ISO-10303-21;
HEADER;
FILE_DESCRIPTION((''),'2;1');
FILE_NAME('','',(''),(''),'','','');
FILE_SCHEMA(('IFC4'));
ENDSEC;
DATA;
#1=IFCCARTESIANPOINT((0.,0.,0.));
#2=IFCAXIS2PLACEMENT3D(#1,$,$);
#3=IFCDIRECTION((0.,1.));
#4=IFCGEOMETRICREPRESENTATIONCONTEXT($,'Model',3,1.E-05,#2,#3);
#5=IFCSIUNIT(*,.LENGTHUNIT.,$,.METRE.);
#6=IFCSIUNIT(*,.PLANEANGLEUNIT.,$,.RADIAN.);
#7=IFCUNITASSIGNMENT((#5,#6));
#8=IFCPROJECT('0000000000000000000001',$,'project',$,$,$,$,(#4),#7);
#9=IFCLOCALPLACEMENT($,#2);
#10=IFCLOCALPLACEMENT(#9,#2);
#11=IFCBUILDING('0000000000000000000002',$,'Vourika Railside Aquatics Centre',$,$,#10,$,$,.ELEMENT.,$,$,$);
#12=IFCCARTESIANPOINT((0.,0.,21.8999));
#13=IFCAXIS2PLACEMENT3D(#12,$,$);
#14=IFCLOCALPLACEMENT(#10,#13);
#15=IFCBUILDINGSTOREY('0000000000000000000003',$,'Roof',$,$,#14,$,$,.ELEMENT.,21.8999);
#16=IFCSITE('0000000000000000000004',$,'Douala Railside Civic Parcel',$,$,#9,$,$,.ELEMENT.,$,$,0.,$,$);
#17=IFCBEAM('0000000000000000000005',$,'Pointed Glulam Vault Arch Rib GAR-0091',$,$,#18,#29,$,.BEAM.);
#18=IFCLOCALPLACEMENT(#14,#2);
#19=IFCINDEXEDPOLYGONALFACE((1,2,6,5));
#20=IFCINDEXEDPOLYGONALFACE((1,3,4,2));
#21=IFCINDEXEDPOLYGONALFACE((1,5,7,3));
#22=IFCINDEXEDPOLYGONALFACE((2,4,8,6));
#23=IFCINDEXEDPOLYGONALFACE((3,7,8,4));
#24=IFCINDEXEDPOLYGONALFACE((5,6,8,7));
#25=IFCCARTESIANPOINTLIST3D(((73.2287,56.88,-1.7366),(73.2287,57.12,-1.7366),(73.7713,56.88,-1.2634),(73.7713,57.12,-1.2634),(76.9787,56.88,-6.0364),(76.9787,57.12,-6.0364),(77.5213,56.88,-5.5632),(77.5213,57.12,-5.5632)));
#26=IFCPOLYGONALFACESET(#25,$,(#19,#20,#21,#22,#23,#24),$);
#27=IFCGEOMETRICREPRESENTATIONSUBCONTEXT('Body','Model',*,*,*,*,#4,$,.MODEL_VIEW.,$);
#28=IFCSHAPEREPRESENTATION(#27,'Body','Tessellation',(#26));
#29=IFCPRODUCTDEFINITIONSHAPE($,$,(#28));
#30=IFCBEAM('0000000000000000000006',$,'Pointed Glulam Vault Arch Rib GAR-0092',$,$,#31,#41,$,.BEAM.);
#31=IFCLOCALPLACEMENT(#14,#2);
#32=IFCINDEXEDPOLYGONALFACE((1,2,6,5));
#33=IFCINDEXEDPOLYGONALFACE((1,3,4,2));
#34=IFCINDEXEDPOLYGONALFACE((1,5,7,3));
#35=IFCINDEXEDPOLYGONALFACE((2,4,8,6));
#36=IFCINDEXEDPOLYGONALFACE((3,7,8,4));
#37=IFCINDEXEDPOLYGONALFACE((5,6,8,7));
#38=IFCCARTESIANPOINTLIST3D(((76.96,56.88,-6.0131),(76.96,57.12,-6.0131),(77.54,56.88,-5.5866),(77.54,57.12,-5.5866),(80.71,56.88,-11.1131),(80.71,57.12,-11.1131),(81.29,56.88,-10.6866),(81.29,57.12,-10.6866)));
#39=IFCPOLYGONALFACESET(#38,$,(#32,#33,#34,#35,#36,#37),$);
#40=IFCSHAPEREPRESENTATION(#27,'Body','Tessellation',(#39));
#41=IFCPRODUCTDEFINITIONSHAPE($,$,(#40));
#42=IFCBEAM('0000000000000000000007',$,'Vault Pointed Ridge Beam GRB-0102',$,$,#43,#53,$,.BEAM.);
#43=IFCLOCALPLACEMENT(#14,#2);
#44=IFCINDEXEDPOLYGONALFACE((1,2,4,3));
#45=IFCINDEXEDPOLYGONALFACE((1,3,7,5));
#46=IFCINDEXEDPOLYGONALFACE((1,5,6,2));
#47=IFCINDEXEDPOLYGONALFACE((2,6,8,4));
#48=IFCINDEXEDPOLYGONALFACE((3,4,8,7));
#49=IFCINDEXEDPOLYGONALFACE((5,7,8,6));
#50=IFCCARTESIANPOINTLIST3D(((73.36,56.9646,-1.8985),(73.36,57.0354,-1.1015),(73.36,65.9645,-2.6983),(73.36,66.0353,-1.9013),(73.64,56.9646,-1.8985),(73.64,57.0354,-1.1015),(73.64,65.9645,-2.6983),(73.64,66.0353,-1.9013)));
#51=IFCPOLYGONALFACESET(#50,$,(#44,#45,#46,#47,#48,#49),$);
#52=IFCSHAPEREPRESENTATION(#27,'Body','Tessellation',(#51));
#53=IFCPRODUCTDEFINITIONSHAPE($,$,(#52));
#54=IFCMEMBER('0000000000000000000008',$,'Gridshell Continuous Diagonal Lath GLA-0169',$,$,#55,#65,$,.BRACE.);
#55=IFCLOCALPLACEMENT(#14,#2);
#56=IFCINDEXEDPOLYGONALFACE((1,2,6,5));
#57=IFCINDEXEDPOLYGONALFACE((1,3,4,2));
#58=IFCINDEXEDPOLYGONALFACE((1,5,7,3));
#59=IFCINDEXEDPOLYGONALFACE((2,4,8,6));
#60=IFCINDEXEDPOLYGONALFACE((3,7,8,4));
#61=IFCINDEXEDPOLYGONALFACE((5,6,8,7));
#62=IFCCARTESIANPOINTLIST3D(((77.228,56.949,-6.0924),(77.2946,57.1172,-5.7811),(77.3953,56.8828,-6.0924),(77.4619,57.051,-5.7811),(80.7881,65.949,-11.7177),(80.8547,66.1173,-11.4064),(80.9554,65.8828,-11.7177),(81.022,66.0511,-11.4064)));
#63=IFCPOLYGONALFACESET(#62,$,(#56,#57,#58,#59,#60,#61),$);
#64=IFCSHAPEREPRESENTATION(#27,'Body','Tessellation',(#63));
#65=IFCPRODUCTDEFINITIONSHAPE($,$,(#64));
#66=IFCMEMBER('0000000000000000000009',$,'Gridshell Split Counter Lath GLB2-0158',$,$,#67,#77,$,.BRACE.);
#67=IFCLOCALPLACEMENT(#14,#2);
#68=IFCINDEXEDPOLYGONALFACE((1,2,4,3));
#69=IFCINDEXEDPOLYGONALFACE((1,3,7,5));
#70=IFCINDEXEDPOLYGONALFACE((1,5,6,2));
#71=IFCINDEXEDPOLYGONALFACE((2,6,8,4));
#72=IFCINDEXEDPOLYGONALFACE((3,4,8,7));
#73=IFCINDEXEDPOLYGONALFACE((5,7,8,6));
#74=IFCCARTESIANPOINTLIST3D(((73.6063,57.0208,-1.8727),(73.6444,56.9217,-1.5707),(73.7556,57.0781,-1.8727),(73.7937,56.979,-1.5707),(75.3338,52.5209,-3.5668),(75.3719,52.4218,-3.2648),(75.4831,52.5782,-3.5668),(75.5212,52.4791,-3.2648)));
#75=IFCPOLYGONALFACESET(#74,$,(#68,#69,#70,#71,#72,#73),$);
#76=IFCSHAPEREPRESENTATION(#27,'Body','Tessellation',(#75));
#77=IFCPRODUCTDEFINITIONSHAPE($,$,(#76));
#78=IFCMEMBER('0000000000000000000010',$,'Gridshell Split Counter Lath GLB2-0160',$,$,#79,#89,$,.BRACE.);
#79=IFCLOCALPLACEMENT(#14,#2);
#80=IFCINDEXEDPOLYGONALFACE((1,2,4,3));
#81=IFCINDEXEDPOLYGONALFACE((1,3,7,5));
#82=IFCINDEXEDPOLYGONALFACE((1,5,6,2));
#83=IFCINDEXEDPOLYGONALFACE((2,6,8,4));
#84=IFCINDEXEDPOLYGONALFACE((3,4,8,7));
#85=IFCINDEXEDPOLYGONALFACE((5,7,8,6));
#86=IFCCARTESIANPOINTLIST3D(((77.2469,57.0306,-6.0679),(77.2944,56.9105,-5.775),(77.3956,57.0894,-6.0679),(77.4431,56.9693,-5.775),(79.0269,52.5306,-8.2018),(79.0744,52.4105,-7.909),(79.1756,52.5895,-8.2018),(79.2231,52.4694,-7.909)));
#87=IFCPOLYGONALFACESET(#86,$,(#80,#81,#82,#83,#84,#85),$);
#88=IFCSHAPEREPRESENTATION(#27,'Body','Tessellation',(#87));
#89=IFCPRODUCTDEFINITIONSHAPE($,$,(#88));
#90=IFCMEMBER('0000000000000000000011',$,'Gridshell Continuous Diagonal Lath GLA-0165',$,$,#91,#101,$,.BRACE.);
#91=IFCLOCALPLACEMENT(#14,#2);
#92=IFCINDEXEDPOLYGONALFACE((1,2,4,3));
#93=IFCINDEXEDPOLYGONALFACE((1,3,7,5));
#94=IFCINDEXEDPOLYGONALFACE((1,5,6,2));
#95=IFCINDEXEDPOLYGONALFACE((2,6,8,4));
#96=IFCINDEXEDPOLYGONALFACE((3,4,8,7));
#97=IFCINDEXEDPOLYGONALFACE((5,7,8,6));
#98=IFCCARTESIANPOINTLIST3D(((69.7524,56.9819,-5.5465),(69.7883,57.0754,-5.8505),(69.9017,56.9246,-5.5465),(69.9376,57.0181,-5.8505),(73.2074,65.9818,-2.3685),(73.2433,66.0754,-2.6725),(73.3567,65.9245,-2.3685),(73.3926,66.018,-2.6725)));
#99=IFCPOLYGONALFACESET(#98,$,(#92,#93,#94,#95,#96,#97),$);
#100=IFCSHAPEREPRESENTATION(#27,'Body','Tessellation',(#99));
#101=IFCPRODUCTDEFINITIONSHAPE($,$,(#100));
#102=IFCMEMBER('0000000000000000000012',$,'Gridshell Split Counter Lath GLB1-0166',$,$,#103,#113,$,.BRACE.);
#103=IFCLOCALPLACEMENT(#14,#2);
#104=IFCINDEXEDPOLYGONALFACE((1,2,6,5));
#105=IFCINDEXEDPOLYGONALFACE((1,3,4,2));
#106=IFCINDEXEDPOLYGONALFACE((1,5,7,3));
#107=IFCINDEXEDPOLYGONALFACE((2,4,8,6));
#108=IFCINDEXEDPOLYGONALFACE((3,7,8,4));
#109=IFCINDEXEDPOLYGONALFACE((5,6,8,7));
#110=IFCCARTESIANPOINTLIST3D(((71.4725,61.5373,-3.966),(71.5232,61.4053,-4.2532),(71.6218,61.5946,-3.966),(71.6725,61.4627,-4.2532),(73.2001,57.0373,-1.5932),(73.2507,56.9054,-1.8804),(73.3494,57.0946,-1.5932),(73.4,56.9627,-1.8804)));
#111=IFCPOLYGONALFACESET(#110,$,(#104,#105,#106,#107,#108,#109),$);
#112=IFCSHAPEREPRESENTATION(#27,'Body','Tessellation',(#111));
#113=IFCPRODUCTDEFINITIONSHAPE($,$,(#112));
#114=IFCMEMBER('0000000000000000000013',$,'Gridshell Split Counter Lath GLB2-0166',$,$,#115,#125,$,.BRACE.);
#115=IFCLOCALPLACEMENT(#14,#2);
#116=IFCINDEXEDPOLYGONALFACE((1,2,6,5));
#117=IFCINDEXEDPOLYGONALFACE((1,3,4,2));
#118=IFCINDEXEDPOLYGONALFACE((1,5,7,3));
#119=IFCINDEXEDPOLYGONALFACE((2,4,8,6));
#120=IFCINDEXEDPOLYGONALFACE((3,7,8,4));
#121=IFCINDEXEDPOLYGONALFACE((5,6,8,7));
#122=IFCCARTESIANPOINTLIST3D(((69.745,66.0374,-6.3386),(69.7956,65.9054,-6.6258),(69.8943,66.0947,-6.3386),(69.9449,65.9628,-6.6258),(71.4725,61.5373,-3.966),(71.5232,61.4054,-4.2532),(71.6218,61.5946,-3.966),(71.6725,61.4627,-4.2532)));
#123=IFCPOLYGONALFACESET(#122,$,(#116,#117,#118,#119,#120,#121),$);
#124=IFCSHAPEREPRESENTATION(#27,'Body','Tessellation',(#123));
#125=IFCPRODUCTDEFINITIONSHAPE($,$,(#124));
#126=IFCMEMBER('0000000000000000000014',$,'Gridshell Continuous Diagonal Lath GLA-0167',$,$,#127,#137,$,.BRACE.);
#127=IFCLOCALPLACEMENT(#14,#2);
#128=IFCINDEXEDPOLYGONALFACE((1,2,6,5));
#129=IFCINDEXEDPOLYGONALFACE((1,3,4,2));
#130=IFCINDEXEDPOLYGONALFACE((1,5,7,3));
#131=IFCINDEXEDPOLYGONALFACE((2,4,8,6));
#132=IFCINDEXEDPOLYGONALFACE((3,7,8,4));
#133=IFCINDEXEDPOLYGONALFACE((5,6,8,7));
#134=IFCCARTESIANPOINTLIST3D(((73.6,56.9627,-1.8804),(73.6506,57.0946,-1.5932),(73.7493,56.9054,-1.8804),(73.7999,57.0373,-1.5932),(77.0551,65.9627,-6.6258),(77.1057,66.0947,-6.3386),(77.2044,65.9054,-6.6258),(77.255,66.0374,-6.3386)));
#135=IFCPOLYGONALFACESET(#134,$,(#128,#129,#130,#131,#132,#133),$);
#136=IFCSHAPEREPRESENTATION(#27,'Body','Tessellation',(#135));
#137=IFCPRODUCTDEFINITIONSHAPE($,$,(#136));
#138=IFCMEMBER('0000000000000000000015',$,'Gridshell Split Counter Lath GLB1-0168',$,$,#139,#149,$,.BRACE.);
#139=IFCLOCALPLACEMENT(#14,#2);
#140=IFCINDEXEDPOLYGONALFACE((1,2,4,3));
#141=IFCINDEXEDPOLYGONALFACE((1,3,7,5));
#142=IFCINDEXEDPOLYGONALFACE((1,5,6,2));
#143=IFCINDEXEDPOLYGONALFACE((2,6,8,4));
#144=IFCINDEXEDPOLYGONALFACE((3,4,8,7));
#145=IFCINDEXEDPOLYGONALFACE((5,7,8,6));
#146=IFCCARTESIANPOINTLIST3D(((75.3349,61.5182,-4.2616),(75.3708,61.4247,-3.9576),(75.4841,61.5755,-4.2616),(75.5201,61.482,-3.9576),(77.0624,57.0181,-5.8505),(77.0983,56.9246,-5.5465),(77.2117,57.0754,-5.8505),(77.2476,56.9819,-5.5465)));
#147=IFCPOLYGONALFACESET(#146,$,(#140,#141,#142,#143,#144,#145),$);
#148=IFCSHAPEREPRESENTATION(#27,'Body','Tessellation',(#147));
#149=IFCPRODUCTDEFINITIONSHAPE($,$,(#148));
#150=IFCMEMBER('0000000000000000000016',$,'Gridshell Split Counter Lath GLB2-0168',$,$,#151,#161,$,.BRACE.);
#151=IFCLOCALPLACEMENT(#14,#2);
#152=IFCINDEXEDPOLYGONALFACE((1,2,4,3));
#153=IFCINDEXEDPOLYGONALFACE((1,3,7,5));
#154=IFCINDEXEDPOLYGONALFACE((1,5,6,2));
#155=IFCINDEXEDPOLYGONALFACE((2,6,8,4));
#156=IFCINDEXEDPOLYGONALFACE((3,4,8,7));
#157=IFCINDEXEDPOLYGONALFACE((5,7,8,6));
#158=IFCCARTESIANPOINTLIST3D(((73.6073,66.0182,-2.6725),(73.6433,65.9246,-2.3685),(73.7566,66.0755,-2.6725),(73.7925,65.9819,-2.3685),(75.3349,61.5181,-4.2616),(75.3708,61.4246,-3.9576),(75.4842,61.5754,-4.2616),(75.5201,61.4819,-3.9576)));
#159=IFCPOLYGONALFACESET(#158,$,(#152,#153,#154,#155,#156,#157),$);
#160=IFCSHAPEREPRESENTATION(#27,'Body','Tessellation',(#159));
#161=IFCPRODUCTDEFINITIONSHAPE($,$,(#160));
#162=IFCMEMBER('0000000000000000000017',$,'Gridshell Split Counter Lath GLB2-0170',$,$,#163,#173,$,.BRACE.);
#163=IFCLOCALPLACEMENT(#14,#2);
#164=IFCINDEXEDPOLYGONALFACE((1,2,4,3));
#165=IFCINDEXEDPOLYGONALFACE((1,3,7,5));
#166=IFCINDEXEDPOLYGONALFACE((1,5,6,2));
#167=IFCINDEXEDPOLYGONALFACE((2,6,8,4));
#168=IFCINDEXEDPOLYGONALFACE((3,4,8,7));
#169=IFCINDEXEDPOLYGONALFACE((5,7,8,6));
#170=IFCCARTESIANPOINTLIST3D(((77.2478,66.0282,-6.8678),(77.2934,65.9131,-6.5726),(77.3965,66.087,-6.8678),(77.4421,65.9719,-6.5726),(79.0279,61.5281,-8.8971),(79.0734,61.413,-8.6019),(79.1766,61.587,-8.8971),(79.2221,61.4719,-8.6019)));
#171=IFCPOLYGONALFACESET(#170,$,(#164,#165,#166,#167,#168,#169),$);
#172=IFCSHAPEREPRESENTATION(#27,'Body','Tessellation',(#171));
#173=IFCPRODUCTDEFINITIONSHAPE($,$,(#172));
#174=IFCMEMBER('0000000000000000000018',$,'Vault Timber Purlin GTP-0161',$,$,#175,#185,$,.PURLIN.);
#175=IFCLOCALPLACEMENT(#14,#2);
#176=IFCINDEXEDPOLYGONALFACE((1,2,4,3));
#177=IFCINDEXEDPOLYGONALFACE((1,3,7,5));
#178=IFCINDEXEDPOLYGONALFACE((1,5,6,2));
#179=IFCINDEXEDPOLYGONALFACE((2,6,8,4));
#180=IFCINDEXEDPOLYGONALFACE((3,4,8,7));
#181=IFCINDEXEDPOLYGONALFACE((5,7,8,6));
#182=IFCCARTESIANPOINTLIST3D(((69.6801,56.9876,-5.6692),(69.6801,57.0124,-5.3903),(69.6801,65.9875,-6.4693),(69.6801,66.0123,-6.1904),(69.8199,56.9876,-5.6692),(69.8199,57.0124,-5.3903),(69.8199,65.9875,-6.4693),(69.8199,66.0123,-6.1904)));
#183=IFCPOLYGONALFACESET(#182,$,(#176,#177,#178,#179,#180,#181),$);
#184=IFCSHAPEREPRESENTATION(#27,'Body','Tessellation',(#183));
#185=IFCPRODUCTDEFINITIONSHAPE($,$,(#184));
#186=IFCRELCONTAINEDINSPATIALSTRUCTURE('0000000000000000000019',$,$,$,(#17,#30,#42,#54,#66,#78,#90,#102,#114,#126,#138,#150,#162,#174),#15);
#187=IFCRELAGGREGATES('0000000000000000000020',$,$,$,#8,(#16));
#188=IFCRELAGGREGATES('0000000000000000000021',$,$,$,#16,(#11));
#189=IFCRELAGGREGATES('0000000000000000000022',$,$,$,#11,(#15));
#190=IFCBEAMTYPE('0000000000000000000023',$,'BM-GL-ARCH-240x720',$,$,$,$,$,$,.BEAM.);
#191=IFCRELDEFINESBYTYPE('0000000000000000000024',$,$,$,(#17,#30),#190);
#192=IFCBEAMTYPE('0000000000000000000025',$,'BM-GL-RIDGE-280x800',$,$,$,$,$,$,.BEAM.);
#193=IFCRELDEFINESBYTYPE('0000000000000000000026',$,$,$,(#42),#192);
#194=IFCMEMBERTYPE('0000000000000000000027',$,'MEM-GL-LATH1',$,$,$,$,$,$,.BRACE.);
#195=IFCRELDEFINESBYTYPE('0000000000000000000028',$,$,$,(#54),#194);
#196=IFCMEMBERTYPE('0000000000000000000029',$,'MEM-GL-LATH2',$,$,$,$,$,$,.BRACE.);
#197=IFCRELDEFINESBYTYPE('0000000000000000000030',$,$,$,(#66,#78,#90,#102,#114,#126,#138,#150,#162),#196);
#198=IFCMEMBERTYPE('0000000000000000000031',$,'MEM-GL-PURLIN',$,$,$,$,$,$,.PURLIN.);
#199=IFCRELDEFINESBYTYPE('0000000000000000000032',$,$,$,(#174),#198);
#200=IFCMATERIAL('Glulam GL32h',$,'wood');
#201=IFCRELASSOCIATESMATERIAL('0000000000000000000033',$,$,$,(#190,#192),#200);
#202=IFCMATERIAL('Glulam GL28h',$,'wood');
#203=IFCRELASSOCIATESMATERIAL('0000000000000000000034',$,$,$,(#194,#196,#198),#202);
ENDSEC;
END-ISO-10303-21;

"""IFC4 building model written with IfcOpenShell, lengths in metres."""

from ifc_helpers import new_model, si_unit, direction, frame, origin, origin_2d, place, context, subcontext, project, spatial, rectangle, extrude, material, material_profile, profile_set, type_object, element, save


model = new_model("IFC4")

# Units and contexts
model_context = context("Model", 3, precision=1e-05, world=origin(), true_north=direction((0.0, 1.0)))
body_context = subcontext(model_context, "Body", "Model", "MODEL_VIEW")
ifc_project = project(units=[si_unit("LENGTHUNIT", "METRE"), si_unit("PLANEANGLEUNIT", "RADIAN")], contexts=[model_context])

# Site, building, storey
site_placement = place(None, origin())
site = spatial("IfcSite", under=ifc_project, at=site_placement, Name="Douala Railside Civic Parcel", CompositionType="ELEMENT", RefElevation=0.0)
building_placement = place(site_placement, origin())
building = spatial("IfcBuilding", under=site, at=building_placement, Name="Vourika Railside Aquatics Centre", CompositionType="ELEMENT")
storey_placement = place(building_placement, frame((0.0, 0.0, 21.8999)))
storey = spatial("IfcBuildingStorey", under=building, at=storey_placement, Name="Roof", CompositionType="ELEMENT", Elevation=21.8999)

# Beams
ifc_material_1 = material(Name="Glulam GL32h", Category="wood")
ifc_material_profile_1 = material_profile(ifc_material_1, rectangle(XDim=0.24, YDim=0.72, at=origin_2d()), Name="GL32h 240x720")
ifc_profile_set_1 = profile_set([ifc_material_profile_1], Name="Glulam GL32h")
beam_type_1 = type_object("IfcBeamType", Name="BM-GL-ARCH-240x720", PredefinedType="BEAM", material=ifc_profile_set_1)
beam_1_placement = place(storey_placement, frame((73.5, 57.0, -1.5), z_axis=(0.65728, 0.0, -0.753647), x_axis=(0.0, 1.0, 0.0)))
element("IfcBeam", 1, at=beam_1_placement, inside=storey, type_object=beam_type_1, Name="Pointed Glulam Vault Arch Rib GAR-0091", PredefinedType="BEAM", context=body_context, shape_type="SweptSolid", body=[
    extrude(rectangle(XDim=0.24, YDim=0.72, at=origin_2d()), origin(), (0.0, 0.0, 1.0), 5.7053),
])
beam_2_placement = place(storey_placement, frame((77.25, 57.0, -5.7998), z_axis=(0.592383, 0.0, -0.805656), x_axis=(0.0, 1.0, 0.0)))
element("IfcBeam", 2, at=beam_2_placement, inside=storey, type_object=beam_type_1, Name="Pointed Glulam Vault Arch Rib GAR-0092", PredefinedType="BEAM", context=body_context, shape_type="SweptSolid", body=[
    extrude(rectangle(XDim=0.24, YDim=0.72, at=origin_2d()), origin(), (0.0, 0.0, 1.0), 6.3303),
])
ifc_material_profile_2 = material_profile(ifc_material_1, rectangle(XDim=0.28, YDim=0.8, at=origin_2d()), Name="GL32h 280x800")
ifc_profile_set_2 = profile_set([ifc_material_profile_2], Name="Glulam GL32h")
beam_type_2 = type_object("IfcBeamType", Name="BM-GL-RIDGE-280x800", PredefinedType="BEAM", material=ifc_profile_set_2)
beam_3_placement = place(storey_placement, frame((73.5, 57.0, -1.5), z_axis=(0.0, 0.996075, -0.088518), x_axis=(-1.0, 0.0, 0.0)))
element("IfcBeam", 3, at=beam_3_placement, inside=storey, type_object=beam_type_2, Name="Vault Pointed Ridge Beam GRB-0102", PredefinedType="BEAM", context=body_context, shape_type="SweptSolid", body=[
    extrude(rectangle(XDim=0.28, YDim=0.8, at=origin_2d()), origin(), (0.0, 0.0, 1.0), 9.0354),
])

# Members
ifc_material_2 = material(Name="Glulam GL28h", Category="wood")
ifc_material_profile_3 = material_profile(ifc_material_2, rectangle(XDim=0.1799, YDim=0.3601, at=origin_2d()), Name="GL28h 180x360")
ifc_profile_set_3 = profile_set([ifc_material_profile_3], Name="Glulam GL28h")
member_type_1 = type_object("IfcMemberType", Name="MEM-GL-LATH1", PredefinedType="BRACE", material=ifc_profile_set_3)
member_1_placement = place(storey_placement, frame((77.345, 57.0, -5.9368), z_axis=(0.318018, 0.803964, -0.5025), x_axis=(-0.929893, 0.36783, 0.0)))
element("IfcMember", 4, at=member_1_placement, inside=storey, type_object=member_type_1, Name="Gridshell Continuous Diagonal Lath GLA-0169", PredefinedType="BRACE", context=body_context, shape_type="SweptSolid", body=[
    extrude(rectangle(XDim=0.1799, YDim=0.3601, at=origin_2d()), origin(), (0.0, 0.0, 1.0), 11.1946),
])
ifc_material_profile_4 = material_profile(ifc_material_2, rectangle(XDim=0.1599, YDim=0.3201, at=origin_2d()), Name="GL28h 160x320")
ifc_profile_set_4 = profile_set([ifc_material_profile_4], Name="Glulam GL28h")
member_type_2 = type_object("IfcMemberType", Name="MEM-GL-LATH2", PredefinedType="BRACE", material=ifc_profile_set_4)
member_2_placement = place(storey_placement, frame((75.4275, 52.5, -3.4158), z_axis=(-0.338121, 0.880757, 0.331574), x_axis=(-0.93357, -0.358395, 0.0)))
element("IfcMember", 5, at=member_2_placement, inside=storey, type_object=member_type_2, Name="Gridshell Split Counter Lath GLB2-0158", PredefinedType="BRACE", context=body_context, shape_type="SweptSolid", body=[
    extrude(rectangle(XDim=0.1599, YDim=0.3201, at=origin_2d()), origin(), (0.0, 0.0, 1.0), 5.1091),
])
member_3_placement = place(storey_placement, frame((79.125, 52.5, -8.0554), z_axis=(-0.336559, 0.850836, 0.403492), x_axis=(-0.929893, -0.36783, 0.0)))
element("IfcMember", 6, at=member_3_placement, inside=storey, type_object=member_type_2, Name="Gridshell Split Counter Lath GLB2-0160", PredefinedType="BRACE", context=body_context, shape_type="SweptSolid", body=[
    extrude(rectangle(XDim=0.1599, YDim=0.3201, at=origin_2d()), origin(), (0.0, 0.0, 1.0), 5.2888),
])
member_4_placement = place(storey_placement, frame((69.845, 57.0, -5.6985), z_axis=(0.340378, 0.886637, 0.313079), x_axis=(-0.93357, 0.358395, 0.0)))
element("IfcMember", 7, at=member_4_placement, inside=storey, type_object=member_type_2, Name="Gridshell Continuous Diagonal Lath GLA-0165", PredefinedType="BRACE", context=body_context, shape_type="SweptSolid", body=[
    extrude(rectangle(XDim=0.1599, YDim=0.3201, at=origin_2d()), origin(), (0.0, 0.0, 1.0), 10.1506),
])
for number, where, z_axis, x_axis, name in (
    (8, (73.3, 57.0, -1.7368), (-0.321548, 0.837587, -0.441651), (-0.93357, -0.358395, 0.0), "Gridshell Split Counter Lath GLB1-0166"),
    (9, (71.5725, 61.5, -4.1096), (-0.321554, 0.837604, -0.441614), (-0.93357, -0.358395, 0.0), "Gridshell Split Counter Lath GLB2-0166"),
):
    element("IfcMember", number, at=place(storey_placement, frame(where, z_axis=z_axis, x_axis=x_axis)), inside=storey, type_object=member_type_2, Name=name, PredefinedType="BRACE", context=body_context, shape_type="SweptSolid", body=[
        extrude(rectangle(XDim=0.1599, YDim=0.3201, at=origin_2d()), origin(), (0.0, 0.0, 1.0), 5.3726),
    ])
member_5_placement = place(storey_placement, frame((73.7, 57.0, -1.7368), z_axis=(0.321551, 0.837595, -0.441632), x_axis=(-0.93357, 0.358395, 0.0)))
element("IfcMember", 10, at=member_5_placement, inside=storey, type_object=member_type_2, Name="Gridshell Continuous Diagonal Lath GLA-0167", PredefinedType="BRACE", context=body_context, shape_type="SweptSolid", body=[
    extrude(rectangle(XDim=0.1599, YDim=0.3201, at=origin_2d()), origin(), (0.0, 0.0, 1.0), 10.7451),
])
for number, where, z_axis, x_axis, name in (
    (11, (77.155, 57.0, -5.6985), (-0.34038, 0.886643, 0.313057), (-0.93357, -0.358395, 0.0), "Gridshell Split Counter Lath GLB1-0168"),
    (12, (75.4275, 61.5, -4.1096), (-0.340375, 0.88663, 0.313101), (-0.93357, -0.358395, 0.0), "Gridshell Split Counter Lath GLB2-0168"),
):
    element("IfcMember", number, at=place(storey_placement, frame(where, z_axis=z_axis, x_axis=x_axis)), inside=storey, type_object=member_type_2, Name=name, PredefinedType="BRACE", context=body_context, shape_type="SweptSolid", body=[
        extrude(rectangle(XDim=0.1599, YDim=0.3201, at=origin_2d()), origin(), (0.0, 0.0, 1.0), 5.0754),
    ])
member_6_placement = place(storey_placement, frame((79.125, 61.5, -8.7495), z_axis=(-0.339213, 0.857547, 0.386715), x_axis=(-0.929893, -0.36783, 0.0)))
element("IfcMember", 13, at=member_6_placement, inside=storey, type_object=member_type_2, Name="Gridshell Split Counter Lath GLB2-0170", PredefinedType="BRACE", context=body_context, shape_type="SweptSolid", body=[
    extrude(rectangle(XDim=0.1599, YDim=0.3201, at=origin_2d()), origin(), (0.0, 0.0, 1.0), 5.2476),
])
ifc_material_profile_5 = material_profile(ifc_material_2, rectangle(XDim=0.1399, YDim=0.28, at=origin_2d()), Name="GL28h 140x280")
ifc_profile_set_5 = profile_set([ifc_material_profile_5], Name="Glulam GL28h")
member_type_3 = type_object("IfcMemberType", Name="MEM-GL-PURLIN", PredefinedType="PURLIN", material=ifc_profile_set_5)
for number, where, z_axis, x_axis, name in (
    (14, (69.75, 57.0, -5.5298), (0.0, 0.996072, -0.088545), (-1.0, 0.0, 0.0), "Vault Timber Purlin GTP-0161"),
):
    element("IfcMember", number, at=place(storey_placement, frame(where, z_axis=z_axis, x_axis=x_axis)), inside=storey, type_object=member_type_3, Name=name, PredefinedType="PURLIN", context=body_context, shape_type="SweptSolid", body=[
        extrude(rectangle(XDim=0.1399, YDim=0.28, at=origin_2d()), origin(), (0.0, 0.0, 1.0), 9.0354),
    ])

save(model, "model.ifc")
